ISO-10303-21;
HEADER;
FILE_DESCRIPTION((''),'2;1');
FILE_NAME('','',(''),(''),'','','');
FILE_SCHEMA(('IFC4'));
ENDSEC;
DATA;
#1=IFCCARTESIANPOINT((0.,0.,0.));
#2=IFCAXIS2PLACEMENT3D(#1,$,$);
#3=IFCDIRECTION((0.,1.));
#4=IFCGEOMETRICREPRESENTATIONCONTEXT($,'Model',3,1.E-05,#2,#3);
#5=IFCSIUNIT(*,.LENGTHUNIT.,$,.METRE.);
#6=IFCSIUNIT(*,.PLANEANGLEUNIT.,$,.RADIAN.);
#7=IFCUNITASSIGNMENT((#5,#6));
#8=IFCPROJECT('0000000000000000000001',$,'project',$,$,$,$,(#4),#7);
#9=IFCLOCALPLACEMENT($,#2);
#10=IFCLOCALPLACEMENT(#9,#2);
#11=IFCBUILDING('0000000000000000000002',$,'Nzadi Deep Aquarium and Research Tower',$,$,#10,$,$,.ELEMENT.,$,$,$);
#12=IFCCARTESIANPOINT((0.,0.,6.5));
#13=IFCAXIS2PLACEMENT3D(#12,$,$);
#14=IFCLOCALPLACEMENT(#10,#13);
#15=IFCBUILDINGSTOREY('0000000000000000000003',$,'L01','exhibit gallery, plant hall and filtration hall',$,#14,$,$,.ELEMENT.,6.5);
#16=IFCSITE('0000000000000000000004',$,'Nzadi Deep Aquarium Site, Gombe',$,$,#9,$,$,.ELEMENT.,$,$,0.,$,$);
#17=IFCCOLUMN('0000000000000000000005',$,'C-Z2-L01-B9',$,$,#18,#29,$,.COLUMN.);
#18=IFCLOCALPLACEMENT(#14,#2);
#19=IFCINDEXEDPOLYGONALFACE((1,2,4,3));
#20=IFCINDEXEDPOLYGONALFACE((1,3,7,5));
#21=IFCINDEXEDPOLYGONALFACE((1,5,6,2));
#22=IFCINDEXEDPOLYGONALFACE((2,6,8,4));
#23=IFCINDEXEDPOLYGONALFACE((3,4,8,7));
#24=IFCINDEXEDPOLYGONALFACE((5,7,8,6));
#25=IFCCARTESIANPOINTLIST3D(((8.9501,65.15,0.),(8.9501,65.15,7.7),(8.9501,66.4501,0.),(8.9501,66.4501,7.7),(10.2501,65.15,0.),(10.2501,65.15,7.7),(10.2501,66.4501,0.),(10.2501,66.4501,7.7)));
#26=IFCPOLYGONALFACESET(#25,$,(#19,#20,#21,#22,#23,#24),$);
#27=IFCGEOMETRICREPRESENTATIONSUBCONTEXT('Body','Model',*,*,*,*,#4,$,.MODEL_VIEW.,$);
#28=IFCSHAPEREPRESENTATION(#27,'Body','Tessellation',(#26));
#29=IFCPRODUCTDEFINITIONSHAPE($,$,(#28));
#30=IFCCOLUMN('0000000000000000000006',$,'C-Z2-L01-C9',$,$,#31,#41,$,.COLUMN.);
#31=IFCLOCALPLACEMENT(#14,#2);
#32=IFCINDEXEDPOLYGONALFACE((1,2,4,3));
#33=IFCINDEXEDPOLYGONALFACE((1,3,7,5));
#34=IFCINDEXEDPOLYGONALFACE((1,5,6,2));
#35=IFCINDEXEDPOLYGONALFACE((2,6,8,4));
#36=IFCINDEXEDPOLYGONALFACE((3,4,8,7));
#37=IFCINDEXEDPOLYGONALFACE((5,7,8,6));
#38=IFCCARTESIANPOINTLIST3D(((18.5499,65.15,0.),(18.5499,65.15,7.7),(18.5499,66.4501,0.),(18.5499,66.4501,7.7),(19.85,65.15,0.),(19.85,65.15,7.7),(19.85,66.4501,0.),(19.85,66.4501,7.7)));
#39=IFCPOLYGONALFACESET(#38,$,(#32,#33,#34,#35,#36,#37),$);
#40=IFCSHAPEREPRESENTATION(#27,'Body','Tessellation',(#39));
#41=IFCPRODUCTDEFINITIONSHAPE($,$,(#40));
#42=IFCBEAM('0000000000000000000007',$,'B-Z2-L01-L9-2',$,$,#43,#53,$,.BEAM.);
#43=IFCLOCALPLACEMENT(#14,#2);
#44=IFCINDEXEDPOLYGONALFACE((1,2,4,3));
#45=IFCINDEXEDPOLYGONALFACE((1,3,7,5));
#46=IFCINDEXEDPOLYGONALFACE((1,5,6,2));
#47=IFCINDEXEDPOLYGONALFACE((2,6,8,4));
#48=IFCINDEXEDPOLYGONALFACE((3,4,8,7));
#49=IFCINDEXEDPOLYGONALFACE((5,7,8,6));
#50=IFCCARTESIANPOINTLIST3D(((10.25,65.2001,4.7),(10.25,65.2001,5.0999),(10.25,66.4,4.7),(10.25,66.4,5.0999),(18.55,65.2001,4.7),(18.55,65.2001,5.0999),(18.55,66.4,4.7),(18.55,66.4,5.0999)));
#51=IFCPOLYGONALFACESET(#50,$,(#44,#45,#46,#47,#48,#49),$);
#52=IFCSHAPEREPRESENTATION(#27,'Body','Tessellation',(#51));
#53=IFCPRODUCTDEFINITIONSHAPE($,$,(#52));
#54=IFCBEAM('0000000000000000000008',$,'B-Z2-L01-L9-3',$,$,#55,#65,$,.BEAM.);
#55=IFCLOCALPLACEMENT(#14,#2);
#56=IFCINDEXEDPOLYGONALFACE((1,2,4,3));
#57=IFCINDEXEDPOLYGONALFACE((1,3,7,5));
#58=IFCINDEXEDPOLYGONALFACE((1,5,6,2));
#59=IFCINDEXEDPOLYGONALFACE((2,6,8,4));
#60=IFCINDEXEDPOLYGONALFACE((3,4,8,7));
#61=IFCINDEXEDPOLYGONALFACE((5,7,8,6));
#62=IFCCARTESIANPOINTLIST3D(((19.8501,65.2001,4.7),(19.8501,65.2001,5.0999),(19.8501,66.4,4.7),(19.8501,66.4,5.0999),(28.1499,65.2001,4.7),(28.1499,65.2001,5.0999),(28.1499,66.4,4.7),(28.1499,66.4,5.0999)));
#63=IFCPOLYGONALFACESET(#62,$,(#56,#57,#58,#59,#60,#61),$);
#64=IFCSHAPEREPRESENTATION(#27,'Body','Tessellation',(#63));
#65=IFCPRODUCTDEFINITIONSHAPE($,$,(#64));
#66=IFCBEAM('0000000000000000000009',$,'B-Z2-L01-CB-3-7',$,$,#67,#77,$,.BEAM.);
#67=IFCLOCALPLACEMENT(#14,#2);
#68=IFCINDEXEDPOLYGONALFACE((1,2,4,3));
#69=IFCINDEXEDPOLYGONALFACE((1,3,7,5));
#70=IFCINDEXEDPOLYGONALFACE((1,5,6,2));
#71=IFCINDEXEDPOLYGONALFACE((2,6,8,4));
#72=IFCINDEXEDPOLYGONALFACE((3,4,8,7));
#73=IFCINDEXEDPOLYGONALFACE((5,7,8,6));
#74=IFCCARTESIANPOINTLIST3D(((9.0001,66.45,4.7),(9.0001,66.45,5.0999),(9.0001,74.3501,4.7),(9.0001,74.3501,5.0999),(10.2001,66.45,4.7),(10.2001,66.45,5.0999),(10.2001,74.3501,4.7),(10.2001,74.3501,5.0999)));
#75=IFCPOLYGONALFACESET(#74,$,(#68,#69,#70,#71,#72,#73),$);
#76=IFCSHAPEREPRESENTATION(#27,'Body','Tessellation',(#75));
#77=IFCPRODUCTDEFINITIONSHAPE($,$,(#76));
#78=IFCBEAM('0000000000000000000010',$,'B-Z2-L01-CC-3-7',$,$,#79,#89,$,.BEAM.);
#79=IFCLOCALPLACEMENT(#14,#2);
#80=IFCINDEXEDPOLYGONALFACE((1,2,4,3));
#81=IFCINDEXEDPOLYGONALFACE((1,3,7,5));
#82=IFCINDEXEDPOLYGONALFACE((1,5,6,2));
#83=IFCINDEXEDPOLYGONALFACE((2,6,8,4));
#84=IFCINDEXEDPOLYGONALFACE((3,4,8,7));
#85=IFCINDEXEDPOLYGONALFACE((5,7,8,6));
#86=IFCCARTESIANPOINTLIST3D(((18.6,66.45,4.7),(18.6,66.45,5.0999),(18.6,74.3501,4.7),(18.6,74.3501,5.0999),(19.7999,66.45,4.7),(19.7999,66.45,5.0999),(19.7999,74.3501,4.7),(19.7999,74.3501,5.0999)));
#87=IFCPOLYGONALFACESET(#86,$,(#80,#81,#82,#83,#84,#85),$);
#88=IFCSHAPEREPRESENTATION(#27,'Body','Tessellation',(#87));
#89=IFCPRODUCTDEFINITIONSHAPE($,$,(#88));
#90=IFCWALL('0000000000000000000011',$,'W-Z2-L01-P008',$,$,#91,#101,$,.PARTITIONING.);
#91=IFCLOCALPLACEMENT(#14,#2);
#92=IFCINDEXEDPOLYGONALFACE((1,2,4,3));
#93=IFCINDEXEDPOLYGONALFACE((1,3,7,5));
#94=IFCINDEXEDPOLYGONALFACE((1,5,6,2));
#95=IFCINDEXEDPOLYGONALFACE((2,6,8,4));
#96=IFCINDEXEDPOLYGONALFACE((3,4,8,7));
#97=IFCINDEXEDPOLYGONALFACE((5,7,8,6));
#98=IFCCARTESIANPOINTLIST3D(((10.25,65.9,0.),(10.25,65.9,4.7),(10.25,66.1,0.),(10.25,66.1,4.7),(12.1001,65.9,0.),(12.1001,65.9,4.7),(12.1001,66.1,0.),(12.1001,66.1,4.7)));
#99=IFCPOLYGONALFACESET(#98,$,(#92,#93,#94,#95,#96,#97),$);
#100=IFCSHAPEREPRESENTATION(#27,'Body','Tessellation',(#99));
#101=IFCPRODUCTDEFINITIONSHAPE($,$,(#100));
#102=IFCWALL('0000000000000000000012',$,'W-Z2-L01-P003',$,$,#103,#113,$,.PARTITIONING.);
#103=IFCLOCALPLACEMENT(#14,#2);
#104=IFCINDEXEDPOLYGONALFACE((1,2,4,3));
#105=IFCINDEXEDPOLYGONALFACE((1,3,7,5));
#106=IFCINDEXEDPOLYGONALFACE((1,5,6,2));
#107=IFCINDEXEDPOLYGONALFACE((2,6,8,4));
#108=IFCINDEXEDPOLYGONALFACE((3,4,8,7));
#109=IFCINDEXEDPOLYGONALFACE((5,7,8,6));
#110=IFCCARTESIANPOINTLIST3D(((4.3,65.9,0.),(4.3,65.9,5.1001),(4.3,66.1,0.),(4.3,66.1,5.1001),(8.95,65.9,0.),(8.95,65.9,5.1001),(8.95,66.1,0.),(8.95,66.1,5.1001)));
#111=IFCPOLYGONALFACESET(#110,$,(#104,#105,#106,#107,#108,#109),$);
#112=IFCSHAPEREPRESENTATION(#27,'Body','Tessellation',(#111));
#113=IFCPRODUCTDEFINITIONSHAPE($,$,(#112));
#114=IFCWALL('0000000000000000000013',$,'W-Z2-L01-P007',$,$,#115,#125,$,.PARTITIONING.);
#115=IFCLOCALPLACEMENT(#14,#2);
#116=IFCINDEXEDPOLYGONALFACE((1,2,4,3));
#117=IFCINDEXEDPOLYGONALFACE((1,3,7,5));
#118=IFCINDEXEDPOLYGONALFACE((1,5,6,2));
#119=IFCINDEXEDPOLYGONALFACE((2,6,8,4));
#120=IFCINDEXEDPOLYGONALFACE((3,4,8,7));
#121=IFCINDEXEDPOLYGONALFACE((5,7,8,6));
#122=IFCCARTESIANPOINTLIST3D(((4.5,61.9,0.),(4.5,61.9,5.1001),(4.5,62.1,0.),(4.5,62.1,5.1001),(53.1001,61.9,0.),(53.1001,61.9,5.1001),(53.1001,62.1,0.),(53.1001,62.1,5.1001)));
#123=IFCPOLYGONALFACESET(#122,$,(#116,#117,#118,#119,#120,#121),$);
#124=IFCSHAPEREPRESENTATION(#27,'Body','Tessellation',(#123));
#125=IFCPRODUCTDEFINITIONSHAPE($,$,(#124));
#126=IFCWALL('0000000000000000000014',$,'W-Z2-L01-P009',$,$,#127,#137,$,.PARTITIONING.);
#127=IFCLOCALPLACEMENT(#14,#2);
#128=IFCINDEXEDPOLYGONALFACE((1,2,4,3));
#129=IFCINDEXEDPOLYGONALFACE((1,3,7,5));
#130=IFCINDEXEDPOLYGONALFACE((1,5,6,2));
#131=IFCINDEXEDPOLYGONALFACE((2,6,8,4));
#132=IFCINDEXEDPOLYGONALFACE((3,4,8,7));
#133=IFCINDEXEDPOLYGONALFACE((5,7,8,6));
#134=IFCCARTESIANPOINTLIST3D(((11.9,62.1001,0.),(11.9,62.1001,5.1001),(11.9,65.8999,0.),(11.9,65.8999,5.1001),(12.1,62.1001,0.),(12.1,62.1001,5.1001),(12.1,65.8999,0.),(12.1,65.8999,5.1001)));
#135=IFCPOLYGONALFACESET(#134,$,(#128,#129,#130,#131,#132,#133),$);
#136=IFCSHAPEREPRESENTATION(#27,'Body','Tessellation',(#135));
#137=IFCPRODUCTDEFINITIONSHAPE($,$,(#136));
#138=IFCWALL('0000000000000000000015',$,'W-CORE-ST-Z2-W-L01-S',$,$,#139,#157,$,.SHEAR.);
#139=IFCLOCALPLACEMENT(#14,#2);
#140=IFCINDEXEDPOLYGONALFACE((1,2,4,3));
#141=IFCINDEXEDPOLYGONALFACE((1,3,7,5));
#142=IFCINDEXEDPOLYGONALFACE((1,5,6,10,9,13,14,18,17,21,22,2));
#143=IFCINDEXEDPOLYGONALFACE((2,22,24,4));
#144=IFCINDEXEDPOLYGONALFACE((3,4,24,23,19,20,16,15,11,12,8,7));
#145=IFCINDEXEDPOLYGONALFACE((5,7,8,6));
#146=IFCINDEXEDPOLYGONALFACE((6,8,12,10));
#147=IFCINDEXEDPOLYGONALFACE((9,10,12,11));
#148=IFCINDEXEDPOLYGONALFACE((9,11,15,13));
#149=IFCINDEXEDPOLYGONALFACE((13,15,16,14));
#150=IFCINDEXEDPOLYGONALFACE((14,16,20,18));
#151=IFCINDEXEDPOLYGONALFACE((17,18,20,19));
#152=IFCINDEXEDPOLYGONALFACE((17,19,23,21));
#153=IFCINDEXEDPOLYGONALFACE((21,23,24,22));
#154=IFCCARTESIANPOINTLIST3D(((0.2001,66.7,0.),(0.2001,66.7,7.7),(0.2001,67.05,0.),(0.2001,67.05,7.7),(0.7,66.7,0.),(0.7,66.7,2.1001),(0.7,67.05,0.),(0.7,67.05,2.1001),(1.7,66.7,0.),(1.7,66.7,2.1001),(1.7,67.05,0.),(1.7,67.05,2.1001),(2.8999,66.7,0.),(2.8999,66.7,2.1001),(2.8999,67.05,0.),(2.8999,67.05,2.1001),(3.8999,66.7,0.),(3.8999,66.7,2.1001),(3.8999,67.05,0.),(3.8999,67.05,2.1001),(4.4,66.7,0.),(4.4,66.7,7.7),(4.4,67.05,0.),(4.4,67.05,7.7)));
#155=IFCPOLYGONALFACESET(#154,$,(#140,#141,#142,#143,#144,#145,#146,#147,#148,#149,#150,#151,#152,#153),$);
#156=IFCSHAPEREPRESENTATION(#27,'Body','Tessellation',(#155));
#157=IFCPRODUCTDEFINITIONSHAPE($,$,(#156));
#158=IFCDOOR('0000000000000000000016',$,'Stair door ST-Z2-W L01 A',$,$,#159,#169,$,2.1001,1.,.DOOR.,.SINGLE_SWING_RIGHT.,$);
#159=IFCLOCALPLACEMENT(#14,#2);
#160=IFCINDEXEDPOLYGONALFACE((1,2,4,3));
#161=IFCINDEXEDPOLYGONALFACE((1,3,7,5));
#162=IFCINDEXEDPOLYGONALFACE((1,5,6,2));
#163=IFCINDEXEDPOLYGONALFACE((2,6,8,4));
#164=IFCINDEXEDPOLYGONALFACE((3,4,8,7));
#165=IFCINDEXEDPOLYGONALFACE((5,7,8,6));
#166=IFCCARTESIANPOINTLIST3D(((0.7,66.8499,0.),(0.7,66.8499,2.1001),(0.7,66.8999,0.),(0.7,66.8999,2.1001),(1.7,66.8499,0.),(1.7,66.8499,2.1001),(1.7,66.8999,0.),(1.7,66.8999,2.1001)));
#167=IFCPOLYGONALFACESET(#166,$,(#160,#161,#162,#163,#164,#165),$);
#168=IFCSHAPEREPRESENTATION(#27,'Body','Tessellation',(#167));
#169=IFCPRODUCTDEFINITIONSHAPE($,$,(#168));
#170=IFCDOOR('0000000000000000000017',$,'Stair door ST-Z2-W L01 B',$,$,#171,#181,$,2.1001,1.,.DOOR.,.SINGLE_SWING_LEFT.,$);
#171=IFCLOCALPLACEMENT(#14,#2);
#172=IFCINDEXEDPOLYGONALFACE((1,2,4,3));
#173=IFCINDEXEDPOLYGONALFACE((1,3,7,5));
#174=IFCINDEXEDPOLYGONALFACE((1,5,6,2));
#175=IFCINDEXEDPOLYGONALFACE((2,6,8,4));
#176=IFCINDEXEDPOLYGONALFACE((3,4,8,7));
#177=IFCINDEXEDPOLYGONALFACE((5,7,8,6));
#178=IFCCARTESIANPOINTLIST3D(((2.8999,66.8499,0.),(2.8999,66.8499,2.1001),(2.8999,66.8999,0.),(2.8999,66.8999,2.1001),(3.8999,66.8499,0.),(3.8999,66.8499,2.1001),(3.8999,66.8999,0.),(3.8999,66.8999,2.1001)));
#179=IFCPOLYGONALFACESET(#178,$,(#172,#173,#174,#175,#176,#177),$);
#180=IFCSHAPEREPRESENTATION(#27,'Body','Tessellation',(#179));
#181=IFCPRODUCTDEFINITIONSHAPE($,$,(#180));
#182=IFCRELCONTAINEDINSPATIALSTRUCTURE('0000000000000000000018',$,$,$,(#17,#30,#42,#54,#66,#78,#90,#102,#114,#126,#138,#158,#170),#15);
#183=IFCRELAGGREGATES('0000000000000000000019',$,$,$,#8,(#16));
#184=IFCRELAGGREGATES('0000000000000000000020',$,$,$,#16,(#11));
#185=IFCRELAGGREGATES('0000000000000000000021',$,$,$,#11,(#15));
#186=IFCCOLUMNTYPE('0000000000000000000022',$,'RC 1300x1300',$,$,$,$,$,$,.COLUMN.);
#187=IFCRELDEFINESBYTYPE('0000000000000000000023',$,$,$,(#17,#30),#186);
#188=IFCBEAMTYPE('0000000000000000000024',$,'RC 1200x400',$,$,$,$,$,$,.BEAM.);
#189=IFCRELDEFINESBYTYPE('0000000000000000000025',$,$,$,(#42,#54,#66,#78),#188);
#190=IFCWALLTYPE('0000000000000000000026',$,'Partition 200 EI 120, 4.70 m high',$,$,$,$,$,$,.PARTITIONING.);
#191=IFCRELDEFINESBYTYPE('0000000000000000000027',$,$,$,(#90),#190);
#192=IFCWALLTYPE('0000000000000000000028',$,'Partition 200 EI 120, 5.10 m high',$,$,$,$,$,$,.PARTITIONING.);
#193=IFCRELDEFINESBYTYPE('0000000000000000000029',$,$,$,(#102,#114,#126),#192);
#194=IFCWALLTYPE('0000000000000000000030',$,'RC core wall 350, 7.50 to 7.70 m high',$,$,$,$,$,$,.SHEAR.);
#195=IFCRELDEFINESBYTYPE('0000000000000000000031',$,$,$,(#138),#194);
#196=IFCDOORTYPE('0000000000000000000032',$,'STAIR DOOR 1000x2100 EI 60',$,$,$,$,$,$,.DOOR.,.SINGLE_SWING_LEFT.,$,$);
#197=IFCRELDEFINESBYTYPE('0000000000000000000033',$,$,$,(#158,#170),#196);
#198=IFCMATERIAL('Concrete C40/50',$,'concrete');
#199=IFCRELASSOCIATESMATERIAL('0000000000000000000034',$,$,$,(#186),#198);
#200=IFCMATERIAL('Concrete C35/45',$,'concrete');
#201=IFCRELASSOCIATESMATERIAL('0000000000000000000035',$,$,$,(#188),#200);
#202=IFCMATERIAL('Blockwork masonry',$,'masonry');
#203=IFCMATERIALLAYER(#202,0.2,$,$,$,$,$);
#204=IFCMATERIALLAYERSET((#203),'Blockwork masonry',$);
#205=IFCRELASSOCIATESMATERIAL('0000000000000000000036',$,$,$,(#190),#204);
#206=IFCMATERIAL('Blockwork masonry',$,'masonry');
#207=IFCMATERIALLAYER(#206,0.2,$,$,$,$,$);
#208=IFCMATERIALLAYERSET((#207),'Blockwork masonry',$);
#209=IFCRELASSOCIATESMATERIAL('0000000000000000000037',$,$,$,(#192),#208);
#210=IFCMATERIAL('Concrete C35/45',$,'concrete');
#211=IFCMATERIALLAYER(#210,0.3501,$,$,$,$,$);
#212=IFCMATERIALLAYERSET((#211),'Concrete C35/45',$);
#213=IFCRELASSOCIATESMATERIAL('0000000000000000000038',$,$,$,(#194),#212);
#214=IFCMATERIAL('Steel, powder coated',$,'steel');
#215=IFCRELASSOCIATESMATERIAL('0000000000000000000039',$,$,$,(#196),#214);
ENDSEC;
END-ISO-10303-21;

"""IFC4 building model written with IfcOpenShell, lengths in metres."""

from ifc_helpers import new_model, si_unit, direction, frame, frame_2d, origin, origin_2d, place, context, subcontext, project, spatial, rectangle, extrude, material, layer, layer_set, material_profile, profile_set, type_object, element, fill, save


model = new_model("IFC4")

# Units and contexts
model_context = context("Model", 3, precision=1e-05, world=origin(), true_north=direction((0.0, 1.0)))
body_context = subcontext(model_context, "Body", "Model", "MODEL_VIEW")
ifc_project = project(units=[si_unit("LENGTHUNIT", "METRE"), si_unit("PLANEANGLEUNIT", "RADIAN")], contexts=[model_context])

# Site, building, storey
site_placement = place(None, origin())
site = spatial("IfcSite", under=ifc_project, at=site_placement, Name="Nzadi Deep Aquarium Site, Gombe", CompositionType="ELEMENT", RefElevation=0.0)
building_placement = place(site_placement, origin())
building = spatial("IfcBuilding", under=site, at=building_placement, Name="Nzadi Deep Aquarium and Research Tower", CompositionType="ELEMENT")
storey_placement = place(building_placement, frame((0.0, 0.0, 6.5)))
storey = spatial("IfcBuildingStorey", under=building, at=storey_placement, Name="L01", Description="exhibit gallery, plant hall and filtration hall", CompositionType="ELEMENT", Elevation=6.5)

# Columns
ifc_material_1 = material(Name="Concrete C40/50", Category="concrete")
ifc_material_profile_1 = material_profile(ifc_material_1, rectangle(XDim=1.3, YDim=1.3, at=origin_2d()))
ifc_profile_set_1 = profile_set([ifc_material_profile_1], Name="Concrete C40/50")
column_type = type_object("IfcColumnType", Name="RC 1300x1300", PredefinedType="COLUMN", material=ifc_profile_set_1)
for number, where, z_axis, x_axis, name in (
    (1, (9.6001, 65.8, 0.0), (0.0, 0.0, 1.0), (1.0, 0.0, 0.0), "C-Z2-L01-B9"),
    (2, (19.2, 65.8, 0.0), (0.0, 0.0, 1.0), (1.0, 0.0, 0.0), "C-Z2-L01-C9"),
):
    element("IfcColumn", number, at=place(storey_placement, frame(where, z_axis=z_axis, x_axis=x_axis)), inside=storey, type_object=column_type, Name=name, PredefinedType="COLUMN", context=body_context, shape_type="SweptSolid", body=[
        extrude(rectangle(XDim=1.3, YDim=1.3, at=origin_2d()), origin(), (0.0, 0.0, 1.0), 7.7),
    ])

# Beams
ifc_material_2 = material(Name="Concrete C35/45", Category="concrete")
ifc_material_profile_2 = material_profile(ifc_material_2, rectangle(XDim=1.2, YDim=0.3999, at=origin_2d()))
ifc_profile_set_2 = profile_set([ifc_material_profile_2], Name="Concrete C35/45")
beam_type = type_object("IfcBeamType", Name="RC 1200x400", PredefinedType="BEAM", material=ifc_profile_set_2)
beam_1_placement = place(storey_placement, frame((10.25, 65.8, 4.8999), z_axis=(1.0, 0.0, 0.0), x_axis=(0.0, 1.0, 0.0)))
element("IfcBeam", 3, at=beam_1_placement, inside=storey, type_object=beam_type, Name="B-Z2-L01-L9-2", PredefinedType="BEAM", context=body_context, shape_type="SweptSolid", body=[
    extrude(rectangle(XDim=1.2, YDim=0.3999, at=origin_2d()), origin(), (0.0, 0.0, 1.0), 8.3),
])
beam_2_placement = place(storey_placement, frame((19.8501, 65.8, 4.8999), z_axis=(1.0, 0.0, 0.0), x_axis=(0.0, 1.0, 0.0)))
element("IfcBeam", 4, at=beam_2_placement, inside=storey, type_object=beam_type, Name="B-Z2-L01-L9-3", PredefinedType="BEAM", context=body_context, shape_type="SweptSolid", body=[
    extrude(rectangle(XDim=1.2, YDim=0.3999, at=origin_2d()), origin(), (0.0, 0.0, 1.0), 8.2998),
])
for number, where, z_axis, x_axis, name in (
    (5, (9.6001, 66.45, 4.8999), (0.0, 1.0, 0.0), (-1.0, 0.0, 0.0), "B-Z2-L01-CB-3-7"),
    (6, (19.2, 66.45, 4.8999), (0.0, 1.0, 0.0), (-1.0, 0.0, 0.0), "B-Z2-L01-CC-3-7"),
):
    element("IfcBeam", number, at=place(storey_placement, frame(where, z_axis=z_axis, x_axis=x_axis)), inside=storey, type_object=beam_type, Name=name, PredefinedType="BEAM", context=body_context, shape_type="SweptSolid", body=[
        extrude(rectangle(XDim=1.2, YDim=0.3999, at=origin_2d()), origin(), (0.0, 0.0, 1.0), 7.9001),
    ])

# Walls
ifc_material_3 = material(Name="Blockwork masonry", Category="masonry")
ifc_layer_1 = layer(ifc_material_3, 0.2)
ifc_layer_set_1 = layer_set([ifc_layer_1], Name="Blockwork masonry")
wall_type_1 = type_object("IfcWallType", Name="Partition 200 EI 120, 4.70 m high", PredefinedType="PARTITIONING", material=ifc_layer_set_1)
wall_1_placement = place(storey_placement, frame((10.25, 66.0, 0.0), z_axis=(0.0, 0.0, 1.0), x_axis=(1.0, 0.0, 0.0)))
element("IfcWall", 7, at=wall_1_placement, inside=storey, type_object=wall_type_1, Name="W-Z2-L01-P008", PredefinedType="PARTITIONING", context=body_context, shape_type="SweptSolid", body=[
    extrude(rectangle(XDim=1.8501, YDim=0.2, at=frame_2d((0.925, 0.0))), origin(), (0.0, 0.0, 1.0), 4.7),
])
ifc_material_4 = material(Name="Blockwork masonry", Category="masonry")
ifc_layer_2 = layer(ifc_material_4, 0.2)
ifc_layer_set_2 = layer_set([ifc_layer_2], Name="Blockwork masonry")
wall_type_2 = type_object("IfcWallType", Name="Partition 200 EI 120, 5.10 m high", PredefinedType="PARTITIONING", material=ifc_layer_set_2)
wall_2_placement = place(storey_placement, frame((4.3, 66.0, 0.0), z_axis=(0.0, 0.0, 1.0), x_axis=(1.0, 0.0, 0.0)))
element("IfcWall", 8, at=wall_2_placement, inside=storey, type_object=wall_type_2, Name="W-Z2-L01-P003", PredefinedType="PARTITIONING", context=body_context, shape_type="SweptSolid", body=[
    extrude(rectangle(XDim=4.6499, YDim=0.2, at=frame_2d((2.325, 0.0))), origin(), (0.0, 0.0, 1.0), 5.1001),
])
wall_3_placement = place(storey_placement, frame((4.5, 62.0, 0.0), z_axis=(0.0, 0.0, 1.0), x_axis=(1.0, 0.0, 0.0)))
element("IfcWall", 9, at=wall_3_placement, inside=storey, type_object=wall_type_2, Name="W-Z2-L01-P007", PredefinedType="PARTITIONING", context=body_context, shape_type="SweptSolid", body=[
    extrude(rectangle(XDim=48.6001, YDim=0.2, at=frame_2d((24.3, 0.0))), origin(), (0.0, 0.0, 1.0), 5.1001),
])
wall_4_placement = place(storey_placement, frame((12.0, 62.1001, 0.0), z_axis=(0.0, 0.0, 1.0), x_axis=(0.0, 1.0, 0.0)))
element("IfcWall", 10, at=wall_4_placement, inside=storey, type_object=wall_type_2, Name="W-Z2-L01-P009", PredefinedType="PARTITIONING", context=body_context, shape_type="SweptSolid", body=[
    extrude(rectangle(XDim=3.7998, YDim=0.2, at=frame_2d((1.8999, 0.0))), origin(), (0.0, 0.0, 1.0), 5.1001),
])

# Wall, openings, doors
ifc_material_5 = material(Name="Concrete C35/45", Category="concrete")
ifc_layer_3 = layer(ifc_material_5, 0.3501)
ifc_layer_set_3 = layer_set([ifc_layer_3], Name="Concrete C35/45")
wall_type_3 = type_object("IfcWallType", Name="RC core wall 350, 7.50 to 7.70 m high", PredefinedType="SHEAR", material=ifc_layer_set_3)
wall_5_placement = place(storey_placement, frame((0.2, 66.875, 0.0), z_axis=(0.0, 0.0, 1.0), x_axis=(1.0, 0.0, 0.0)))
wall_5 = element("IfcWall", 11, at=wall_5_placement, inside=storey, type_object=wall_type_3, Name="W-CORE-ST-Z2-W-L01-S", PredefinedType="SHEAR", context=body_context, shape_type="SweptSolid", body=[
    extrude(rectangle(XDim=4.2, YDim=0.3501, at=frame_2d((2.1001, 0.0))), origin(), (0.0, 0.0, 1.0), 7.7),
])
opening_1_placement = place(wall_5_placement, frame((0.5, 0.0, 0.0)))
opening_1 = element("IfcOpeningElement", 12, at=opening_1_placement, cuts=wall_5, PredefinedType="OPENING", context=body_context, shape_type="SweptSolid", body=[
    extrude(rectangle(XDim=1.0, YDim=2.1001, at=frame_2d((0.5, 1.05))), frame((0.0, 0.1851, 0.0), z_axis=(0.0, -1.0, 0.0), x_axis=(1.0, 0.0, 0.0)), (0.0, 0.0, 1.0), 0.3701),
])
opening_2_placement = place(wall_5_placement, frame((2.7, 0.0, 0.0)))
opening_2 = element("IfcOpeningElement", 13, at=opening_2_placement, cuts=wall_5, PredefinedType="OPENING", context=body_context, shape_type="SweptSolid", body=[
    extrude(rectangle(XDim=1.0, YDim=2.1001, at=frame_2d((0.5, 1.05))), frame((0.0, 0.1851, 0.0), z_axis=(0.0, -1.0, 0.0), x_axis=(1.0, 0.0, 0.0)), (0.0, 0.0, 1.0), 0.3701),
])
ifc_material_6 = material(Name="Steel, powder coated", Category="steel")
door_type = type_object("IfcDoorType", Name="STAIR DOOR 1000x2100 EI 60", OperationType="SINGLE_SWING_LEFT", PredefinedType="DOOR", material=ifc_material_6)
door_1_placement = place(opening_1_placement, origin())
door_1 = element("IfcDoor", 14, at=door_1_placement, inside=storey, type_object=door_type, Name="Stair door ST-Z2-W L01 A", OperationType="SINGLE_SWING_RIGHT", OverallHeight=2.1001, OverallWidth=1.0, PredefinedType="DOOR", context=body_context, shape_type="SweptSolid", body=[
    extrude(rectangle(XDim=1.0, YDim=2.1001, at=frame_2d((0.5, 1.05))), frame((0.0, 0.0249, 0.0), z_axis=(0.0, -1.0, 0.0), x_axis=(1.0, 0.0, 0.0)), (0.0, 0.0, 1.0), 0.05),
])
fill(opening_1, door_1)
door_2_placement = place(opening_2_placement, origin())
door_2 = element("IfcDoor", 15, at=door_2_placement, inside=storey, type_object=door_type, Name="Stair door ST-Z2-W L01 B", OperationType="SINGLE_SWING_LEFT", OverallHeight=2.1001, OverallWidth=1.0, PredefinedType="DOOR", context=body_context, shape_type="SweptSolid", body=[
    extrude(rectangle(XDim=1.0, YDim=2.1001, at=frame_2d((0.5, 1.05))), frame((0.0, 0.0249, 0.0), z_axis=(0.0, -1.0, 0.0), x_axis=(1.0, 0.0, 0.0)), (0.0, 0.0, 1.0), 0.05),
])
fill(opening_2, door_2)

save(model, "model.ifc")
